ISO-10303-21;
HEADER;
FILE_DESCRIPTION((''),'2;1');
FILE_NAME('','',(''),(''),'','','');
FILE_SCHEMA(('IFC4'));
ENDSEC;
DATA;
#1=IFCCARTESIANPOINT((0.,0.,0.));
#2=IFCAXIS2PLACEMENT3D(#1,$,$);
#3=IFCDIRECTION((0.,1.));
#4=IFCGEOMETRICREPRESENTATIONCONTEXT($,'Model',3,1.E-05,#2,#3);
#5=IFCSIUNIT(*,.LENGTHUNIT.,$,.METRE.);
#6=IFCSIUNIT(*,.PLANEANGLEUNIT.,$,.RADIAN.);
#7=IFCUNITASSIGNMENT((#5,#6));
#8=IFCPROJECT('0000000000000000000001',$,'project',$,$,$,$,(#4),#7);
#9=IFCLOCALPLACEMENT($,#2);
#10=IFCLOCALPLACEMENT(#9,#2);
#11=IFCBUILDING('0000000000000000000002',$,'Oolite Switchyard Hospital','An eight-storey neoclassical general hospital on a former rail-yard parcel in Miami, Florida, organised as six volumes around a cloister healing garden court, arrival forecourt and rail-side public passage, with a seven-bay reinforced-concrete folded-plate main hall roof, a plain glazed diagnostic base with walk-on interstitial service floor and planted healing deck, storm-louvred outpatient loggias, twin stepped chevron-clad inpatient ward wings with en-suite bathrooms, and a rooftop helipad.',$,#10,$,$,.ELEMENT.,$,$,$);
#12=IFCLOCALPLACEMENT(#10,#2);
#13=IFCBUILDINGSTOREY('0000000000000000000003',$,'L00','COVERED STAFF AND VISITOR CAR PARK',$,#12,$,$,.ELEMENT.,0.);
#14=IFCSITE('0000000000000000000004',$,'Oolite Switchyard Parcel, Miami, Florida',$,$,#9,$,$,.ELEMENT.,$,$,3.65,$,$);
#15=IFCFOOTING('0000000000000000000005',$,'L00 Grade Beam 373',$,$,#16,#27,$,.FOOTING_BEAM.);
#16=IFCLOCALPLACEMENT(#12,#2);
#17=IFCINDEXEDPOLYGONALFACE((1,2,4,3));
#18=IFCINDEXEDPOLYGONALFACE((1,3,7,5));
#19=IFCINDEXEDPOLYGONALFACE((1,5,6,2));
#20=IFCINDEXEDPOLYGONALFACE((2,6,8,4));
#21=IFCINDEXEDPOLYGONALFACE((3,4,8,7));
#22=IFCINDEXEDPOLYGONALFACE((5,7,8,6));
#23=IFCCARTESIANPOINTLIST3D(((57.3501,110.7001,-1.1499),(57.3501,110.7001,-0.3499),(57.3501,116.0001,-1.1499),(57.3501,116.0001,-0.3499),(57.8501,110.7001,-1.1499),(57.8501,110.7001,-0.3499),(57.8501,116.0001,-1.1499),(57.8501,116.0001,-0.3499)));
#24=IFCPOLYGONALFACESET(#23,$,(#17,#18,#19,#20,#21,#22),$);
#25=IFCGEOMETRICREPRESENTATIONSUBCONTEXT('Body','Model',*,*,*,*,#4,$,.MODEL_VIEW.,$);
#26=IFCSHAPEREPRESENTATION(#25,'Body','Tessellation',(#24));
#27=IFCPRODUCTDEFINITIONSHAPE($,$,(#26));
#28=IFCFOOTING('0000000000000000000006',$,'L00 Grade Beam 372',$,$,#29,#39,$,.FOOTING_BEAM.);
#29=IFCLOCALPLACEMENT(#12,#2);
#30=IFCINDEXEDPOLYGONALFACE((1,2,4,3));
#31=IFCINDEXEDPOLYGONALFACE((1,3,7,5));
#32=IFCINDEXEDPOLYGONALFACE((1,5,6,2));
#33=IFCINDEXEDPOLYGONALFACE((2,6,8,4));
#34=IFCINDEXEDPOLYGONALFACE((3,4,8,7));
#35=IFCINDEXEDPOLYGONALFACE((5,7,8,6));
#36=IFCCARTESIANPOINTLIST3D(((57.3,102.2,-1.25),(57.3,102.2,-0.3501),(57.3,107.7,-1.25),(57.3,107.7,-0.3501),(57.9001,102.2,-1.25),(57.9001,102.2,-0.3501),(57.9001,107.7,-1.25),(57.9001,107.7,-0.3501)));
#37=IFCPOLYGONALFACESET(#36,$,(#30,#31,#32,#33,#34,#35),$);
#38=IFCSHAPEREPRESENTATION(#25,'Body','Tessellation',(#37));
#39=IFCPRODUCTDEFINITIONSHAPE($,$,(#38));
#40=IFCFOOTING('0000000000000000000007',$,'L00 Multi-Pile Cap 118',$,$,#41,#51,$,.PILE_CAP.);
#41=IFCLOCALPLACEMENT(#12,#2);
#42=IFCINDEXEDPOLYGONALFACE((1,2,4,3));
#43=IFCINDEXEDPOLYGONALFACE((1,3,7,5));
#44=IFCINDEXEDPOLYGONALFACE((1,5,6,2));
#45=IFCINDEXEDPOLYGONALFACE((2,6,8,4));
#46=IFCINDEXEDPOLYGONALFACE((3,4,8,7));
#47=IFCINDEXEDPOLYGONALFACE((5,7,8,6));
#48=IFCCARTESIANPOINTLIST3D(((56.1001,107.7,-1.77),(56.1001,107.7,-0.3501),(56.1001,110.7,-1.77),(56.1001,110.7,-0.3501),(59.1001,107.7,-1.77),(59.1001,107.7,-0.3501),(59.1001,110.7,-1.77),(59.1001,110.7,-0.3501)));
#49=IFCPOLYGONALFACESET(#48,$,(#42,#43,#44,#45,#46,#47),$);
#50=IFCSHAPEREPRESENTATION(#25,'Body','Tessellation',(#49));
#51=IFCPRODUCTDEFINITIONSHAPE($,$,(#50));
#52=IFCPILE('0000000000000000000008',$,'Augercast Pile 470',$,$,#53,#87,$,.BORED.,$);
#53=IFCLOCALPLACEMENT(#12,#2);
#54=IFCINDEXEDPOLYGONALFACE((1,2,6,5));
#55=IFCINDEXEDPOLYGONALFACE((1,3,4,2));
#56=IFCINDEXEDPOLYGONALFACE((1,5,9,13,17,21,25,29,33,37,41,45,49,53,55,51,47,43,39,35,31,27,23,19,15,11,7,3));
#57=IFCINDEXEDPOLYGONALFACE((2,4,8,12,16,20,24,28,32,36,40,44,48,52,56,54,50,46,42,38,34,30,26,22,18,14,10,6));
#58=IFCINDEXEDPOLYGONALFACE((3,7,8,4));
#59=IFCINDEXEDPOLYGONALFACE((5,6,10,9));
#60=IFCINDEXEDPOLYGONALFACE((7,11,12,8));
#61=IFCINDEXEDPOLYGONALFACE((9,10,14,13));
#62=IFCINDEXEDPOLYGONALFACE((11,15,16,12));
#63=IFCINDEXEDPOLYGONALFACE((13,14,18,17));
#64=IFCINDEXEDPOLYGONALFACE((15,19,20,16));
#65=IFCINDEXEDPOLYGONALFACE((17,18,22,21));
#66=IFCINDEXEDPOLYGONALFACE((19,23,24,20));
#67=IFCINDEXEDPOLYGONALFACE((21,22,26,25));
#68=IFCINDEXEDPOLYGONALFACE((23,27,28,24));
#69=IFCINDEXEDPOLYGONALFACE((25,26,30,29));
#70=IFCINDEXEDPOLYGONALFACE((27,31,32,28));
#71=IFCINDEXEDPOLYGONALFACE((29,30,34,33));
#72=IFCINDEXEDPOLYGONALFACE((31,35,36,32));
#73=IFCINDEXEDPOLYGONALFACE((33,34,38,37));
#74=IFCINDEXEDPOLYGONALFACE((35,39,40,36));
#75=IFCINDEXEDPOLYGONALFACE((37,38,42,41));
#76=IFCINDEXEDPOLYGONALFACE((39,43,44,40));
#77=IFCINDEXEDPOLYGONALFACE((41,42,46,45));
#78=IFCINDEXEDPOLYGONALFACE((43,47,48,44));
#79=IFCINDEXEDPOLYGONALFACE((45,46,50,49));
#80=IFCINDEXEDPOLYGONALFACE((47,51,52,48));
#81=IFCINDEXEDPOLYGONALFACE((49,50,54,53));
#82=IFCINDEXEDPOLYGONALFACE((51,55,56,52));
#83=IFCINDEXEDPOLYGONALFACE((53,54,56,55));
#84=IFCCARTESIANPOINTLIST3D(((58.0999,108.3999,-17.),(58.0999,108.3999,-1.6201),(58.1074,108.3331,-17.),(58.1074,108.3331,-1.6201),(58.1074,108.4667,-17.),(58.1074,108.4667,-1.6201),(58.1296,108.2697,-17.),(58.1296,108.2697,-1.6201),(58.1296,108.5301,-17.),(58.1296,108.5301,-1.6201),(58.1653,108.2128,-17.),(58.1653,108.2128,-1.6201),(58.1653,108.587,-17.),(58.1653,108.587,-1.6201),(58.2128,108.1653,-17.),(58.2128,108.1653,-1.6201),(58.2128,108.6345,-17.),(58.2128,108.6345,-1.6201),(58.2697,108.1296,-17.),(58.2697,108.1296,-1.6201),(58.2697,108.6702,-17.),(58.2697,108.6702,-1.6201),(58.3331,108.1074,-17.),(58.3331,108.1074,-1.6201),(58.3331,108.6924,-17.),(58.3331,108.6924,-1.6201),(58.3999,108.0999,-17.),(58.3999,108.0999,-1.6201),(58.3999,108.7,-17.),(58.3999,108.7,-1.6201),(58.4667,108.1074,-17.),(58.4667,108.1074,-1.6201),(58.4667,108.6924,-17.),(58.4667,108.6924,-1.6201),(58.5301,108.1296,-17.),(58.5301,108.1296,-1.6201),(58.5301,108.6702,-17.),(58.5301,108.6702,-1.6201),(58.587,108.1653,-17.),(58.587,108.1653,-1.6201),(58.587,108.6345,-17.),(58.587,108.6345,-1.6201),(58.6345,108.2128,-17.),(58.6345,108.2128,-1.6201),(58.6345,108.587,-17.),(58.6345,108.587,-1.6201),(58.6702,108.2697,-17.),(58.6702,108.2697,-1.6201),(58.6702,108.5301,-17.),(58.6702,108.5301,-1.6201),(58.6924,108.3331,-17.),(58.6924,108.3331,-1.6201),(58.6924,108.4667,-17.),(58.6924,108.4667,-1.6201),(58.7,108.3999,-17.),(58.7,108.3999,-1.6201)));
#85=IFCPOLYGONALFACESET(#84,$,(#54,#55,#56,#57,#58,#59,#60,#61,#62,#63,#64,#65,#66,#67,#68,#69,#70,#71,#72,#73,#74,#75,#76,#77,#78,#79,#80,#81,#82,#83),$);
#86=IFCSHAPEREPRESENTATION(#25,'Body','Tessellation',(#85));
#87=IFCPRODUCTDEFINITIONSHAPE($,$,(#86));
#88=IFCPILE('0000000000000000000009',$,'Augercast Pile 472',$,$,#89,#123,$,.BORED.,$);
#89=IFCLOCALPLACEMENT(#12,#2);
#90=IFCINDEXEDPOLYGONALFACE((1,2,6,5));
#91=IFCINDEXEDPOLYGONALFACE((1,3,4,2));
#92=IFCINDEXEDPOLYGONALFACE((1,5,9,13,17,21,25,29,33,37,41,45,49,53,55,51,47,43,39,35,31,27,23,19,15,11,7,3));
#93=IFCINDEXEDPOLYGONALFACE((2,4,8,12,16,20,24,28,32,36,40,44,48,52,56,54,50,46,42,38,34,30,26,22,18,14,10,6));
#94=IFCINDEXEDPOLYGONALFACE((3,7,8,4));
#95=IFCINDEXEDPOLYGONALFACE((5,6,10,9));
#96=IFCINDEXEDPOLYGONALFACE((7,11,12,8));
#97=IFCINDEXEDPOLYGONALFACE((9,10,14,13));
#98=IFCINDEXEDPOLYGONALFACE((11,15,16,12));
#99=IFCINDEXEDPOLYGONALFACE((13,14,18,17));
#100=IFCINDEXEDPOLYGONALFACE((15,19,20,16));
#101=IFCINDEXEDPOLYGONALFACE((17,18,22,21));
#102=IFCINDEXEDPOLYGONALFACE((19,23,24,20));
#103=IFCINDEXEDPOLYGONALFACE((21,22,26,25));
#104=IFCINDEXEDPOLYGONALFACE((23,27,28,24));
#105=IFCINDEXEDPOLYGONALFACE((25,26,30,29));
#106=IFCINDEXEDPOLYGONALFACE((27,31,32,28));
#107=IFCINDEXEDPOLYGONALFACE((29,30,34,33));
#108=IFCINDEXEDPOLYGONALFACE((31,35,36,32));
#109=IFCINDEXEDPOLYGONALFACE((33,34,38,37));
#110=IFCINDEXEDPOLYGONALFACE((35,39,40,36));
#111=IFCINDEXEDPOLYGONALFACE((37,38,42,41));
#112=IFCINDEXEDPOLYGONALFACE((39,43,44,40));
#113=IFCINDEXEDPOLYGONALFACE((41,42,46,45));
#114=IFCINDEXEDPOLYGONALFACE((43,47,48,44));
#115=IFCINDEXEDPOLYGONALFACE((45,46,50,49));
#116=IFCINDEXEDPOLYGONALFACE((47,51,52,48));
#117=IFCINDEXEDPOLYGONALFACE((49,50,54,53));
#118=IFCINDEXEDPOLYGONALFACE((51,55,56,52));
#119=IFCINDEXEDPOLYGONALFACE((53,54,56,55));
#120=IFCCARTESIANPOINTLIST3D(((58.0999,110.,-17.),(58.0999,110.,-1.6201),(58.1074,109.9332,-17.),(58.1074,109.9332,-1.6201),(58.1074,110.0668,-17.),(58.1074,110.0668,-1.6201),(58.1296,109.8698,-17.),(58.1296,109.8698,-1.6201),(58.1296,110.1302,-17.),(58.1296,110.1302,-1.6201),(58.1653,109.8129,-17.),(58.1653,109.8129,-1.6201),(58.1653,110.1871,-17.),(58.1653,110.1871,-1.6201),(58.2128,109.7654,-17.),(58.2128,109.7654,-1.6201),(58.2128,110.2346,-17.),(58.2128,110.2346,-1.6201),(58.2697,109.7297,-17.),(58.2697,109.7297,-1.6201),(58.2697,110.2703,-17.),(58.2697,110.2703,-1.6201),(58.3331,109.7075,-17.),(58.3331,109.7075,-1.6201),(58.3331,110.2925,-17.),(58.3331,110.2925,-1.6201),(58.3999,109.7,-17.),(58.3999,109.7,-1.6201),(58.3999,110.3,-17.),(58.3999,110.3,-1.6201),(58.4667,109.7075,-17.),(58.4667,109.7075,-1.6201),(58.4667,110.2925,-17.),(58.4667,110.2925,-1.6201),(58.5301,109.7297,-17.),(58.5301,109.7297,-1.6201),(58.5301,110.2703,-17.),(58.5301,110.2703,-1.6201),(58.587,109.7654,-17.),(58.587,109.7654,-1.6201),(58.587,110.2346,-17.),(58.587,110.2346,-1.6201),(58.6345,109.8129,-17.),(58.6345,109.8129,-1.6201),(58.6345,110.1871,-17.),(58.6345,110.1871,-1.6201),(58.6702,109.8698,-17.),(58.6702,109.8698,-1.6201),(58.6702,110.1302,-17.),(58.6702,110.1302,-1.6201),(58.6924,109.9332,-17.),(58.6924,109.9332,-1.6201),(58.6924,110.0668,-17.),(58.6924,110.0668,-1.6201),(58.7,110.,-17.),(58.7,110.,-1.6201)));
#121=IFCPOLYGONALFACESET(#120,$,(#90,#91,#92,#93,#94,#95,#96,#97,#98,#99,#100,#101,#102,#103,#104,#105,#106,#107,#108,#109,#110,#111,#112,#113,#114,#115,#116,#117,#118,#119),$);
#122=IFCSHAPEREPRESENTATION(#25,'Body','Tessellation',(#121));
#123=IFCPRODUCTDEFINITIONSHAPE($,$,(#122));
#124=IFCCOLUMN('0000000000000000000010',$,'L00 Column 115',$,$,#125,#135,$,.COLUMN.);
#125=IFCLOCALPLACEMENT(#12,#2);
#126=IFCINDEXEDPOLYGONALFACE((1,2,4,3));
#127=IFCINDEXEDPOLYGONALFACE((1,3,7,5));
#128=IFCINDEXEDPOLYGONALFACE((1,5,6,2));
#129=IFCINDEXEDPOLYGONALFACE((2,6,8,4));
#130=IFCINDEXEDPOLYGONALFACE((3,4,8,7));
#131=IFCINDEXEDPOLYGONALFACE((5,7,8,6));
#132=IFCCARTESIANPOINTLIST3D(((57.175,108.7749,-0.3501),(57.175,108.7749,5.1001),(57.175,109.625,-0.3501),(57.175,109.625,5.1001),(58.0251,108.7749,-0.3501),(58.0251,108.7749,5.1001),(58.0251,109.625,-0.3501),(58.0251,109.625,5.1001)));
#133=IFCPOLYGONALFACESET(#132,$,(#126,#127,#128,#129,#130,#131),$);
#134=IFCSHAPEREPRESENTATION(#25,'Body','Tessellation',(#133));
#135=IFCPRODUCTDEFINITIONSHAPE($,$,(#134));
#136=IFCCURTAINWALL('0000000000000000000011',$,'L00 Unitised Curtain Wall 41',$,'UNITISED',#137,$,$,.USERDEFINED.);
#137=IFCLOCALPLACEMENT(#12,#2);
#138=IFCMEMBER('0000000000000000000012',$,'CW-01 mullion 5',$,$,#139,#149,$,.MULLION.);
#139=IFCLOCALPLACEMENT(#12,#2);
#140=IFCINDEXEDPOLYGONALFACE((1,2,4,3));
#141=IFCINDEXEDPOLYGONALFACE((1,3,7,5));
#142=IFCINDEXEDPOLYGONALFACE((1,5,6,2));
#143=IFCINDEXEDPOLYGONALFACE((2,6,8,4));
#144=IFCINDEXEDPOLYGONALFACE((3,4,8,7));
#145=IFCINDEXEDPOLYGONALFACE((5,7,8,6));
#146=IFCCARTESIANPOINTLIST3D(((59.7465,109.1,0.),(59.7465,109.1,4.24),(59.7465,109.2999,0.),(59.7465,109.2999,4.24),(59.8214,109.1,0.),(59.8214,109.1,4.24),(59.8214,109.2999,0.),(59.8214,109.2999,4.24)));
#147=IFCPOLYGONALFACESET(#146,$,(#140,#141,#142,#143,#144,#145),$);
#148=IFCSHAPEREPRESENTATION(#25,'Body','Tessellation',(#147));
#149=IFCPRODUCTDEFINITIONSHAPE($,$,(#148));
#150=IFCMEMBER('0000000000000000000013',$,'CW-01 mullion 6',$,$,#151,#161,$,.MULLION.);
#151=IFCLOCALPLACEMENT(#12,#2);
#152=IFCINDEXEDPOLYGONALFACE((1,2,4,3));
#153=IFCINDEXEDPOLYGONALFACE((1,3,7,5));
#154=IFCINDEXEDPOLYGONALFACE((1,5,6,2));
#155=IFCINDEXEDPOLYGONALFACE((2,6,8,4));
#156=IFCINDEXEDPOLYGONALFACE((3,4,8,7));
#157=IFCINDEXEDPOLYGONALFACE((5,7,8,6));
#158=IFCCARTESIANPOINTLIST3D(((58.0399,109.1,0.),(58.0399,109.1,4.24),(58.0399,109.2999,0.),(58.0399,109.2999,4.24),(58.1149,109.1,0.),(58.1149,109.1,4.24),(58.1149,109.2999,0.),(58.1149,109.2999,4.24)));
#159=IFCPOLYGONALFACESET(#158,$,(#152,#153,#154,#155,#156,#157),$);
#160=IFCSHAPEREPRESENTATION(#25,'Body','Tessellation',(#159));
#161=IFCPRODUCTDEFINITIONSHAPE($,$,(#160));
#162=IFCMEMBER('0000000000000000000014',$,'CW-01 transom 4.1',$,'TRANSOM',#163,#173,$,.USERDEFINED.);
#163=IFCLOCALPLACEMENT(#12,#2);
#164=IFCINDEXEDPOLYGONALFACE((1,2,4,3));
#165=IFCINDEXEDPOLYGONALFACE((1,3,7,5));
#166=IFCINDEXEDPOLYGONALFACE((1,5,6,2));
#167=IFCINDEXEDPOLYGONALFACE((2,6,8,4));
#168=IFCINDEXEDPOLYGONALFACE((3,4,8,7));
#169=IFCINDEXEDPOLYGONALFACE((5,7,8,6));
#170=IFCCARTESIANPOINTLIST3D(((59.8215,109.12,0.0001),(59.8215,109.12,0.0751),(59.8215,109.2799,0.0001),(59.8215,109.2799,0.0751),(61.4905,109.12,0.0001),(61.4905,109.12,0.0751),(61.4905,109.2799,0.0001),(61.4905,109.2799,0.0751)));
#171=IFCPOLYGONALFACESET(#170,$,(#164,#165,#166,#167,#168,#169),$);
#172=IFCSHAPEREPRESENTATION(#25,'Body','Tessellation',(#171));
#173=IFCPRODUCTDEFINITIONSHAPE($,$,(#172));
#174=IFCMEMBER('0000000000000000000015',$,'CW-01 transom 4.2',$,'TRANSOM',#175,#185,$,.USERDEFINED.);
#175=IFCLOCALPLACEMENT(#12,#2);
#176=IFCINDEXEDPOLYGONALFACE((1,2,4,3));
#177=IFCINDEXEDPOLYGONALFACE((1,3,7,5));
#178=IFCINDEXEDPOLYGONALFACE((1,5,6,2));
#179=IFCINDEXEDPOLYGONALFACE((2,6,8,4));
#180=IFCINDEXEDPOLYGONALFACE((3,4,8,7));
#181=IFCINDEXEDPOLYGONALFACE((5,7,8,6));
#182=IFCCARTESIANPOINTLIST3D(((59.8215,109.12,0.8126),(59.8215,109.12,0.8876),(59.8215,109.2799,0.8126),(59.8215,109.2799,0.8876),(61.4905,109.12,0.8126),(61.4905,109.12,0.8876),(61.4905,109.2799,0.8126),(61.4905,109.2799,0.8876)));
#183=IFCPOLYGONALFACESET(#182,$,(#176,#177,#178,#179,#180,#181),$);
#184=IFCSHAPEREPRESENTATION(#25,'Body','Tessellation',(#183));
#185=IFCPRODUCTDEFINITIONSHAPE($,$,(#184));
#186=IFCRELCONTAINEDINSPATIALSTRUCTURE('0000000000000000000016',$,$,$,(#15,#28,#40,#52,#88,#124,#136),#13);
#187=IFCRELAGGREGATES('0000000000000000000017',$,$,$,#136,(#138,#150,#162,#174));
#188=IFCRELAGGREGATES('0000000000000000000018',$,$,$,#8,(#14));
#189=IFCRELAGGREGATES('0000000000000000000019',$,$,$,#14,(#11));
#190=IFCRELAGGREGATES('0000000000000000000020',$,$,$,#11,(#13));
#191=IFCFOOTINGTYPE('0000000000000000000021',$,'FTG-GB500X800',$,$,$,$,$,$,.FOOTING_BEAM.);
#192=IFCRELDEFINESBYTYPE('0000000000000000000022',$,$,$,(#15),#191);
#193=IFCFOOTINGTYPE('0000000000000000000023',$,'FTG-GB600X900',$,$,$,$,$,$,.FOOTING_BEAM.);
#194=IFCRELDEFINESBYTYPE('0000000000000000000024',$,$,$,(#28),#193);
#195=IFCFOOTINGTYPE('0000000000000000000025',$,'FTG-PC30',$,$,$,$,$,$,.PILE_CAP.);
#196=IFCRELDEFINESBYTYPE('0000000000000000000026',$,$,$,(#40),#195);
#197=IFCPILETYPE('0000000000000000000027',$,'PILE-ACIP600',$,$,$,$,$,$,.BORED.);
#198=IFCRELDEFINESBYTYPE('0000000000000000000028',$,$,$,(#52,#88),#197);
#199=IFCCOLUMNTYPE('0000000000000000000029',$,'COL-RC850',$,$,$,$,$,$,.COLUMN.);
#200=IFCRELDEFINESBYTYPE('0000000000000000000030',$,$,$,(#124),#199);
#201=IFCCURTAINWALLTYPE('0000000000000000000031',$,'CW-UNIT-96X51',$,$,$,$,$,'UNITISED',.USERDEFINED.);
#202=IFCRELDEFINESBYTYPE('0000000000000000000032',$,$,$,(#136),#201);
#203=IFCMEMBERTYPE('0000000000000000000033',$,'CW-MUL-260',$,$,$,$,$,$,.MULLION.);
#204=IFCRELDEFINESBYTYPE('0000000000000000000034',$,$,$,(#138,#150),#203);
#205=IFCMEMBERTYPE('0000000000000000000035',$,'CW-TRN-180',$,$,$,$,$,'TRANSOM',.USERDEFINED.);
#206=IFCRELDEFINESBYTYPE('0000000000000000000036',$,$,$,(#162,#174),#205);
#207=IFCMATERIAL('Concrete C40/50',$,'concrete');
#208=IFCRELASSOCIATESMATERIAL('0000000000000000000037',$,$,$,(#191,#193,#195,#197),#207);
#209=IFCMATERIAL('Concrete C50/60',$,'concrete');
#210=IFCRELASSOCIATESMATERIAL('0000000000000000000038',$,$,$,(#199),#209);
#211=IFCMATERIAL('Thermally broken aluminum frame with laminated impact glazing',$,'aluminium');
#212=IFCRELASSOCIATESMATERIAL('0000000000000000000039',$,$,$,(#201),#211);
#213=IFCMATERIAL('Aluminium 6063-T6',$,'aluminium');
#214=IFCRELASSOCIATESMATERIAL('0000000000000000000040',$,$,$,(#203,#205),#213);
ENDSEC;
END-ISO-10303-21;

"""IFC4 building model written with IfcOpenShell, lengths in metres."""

from ifc_helpers import new_model, si_unit, direction, frame, origin, origin_2d, place, context, subcontext, project, spatial, rectangle, circle, extrude, material, material_profile, profile_set, type_object, element, aggregate, save


model = new_model("IFC4")

# Units and contexts
model_context = context("Model", 3, precision=1e-05, world=origin(), true_north=direction((0.0, 1.0)))
body_context = subcontext(model_context, "Body", "Model", "MODEL_VIEW")
ifc_project = project(units=[si_unit("LENGTHUNIT", "METRE"), si_unit("PLANEANGLEUNIT", "RADIAN")], contexts=[model_context])

# Site, building, storey
site_placement = place(None, origin())
site = spatial("IfcSite", under=ifc_project, at=site_placement, Name="Oolite Switchyard Parcel, Miami, Florida", CompositionType="ELEMENT", RefElevation=3.65)
building_placement = place(site_placement, origin())
building = spatial("IfcBuilding", under=site, at=building_placement, Name="Oolite Switchyard Hospital", Description="An eight-storey neoclassical general hospital on a former rail-yard parcel in Miami, Florida, organised as six volumes around a cloister healing garden court, arrival forecourt and rail-side public passage, with a seven-bay reinforced-concrete folded-plate main hall roof, a plain glazed diagnostic base with walk-on interstitial service floor and planted healing deck, storm-louvred outpatient loggias, twin stepped chevron-clad inpatient ward wings with en-suite bathrooms, and a rooftop helipad.", CompositionType="ELEMENT")
storey_placement = place(building_placement, origin())
storey = spatial("IfcBuildingStorey", under=building, at=storey_placement, Name="L00", Description="COVERED STAFF AND VISITOR CAR PARK", CompositionType="ELEMENT", Elevation=0.0)

# Footings
ifc_material_1 = material(Name="Concrete C40/50", Category="concrete")
footing_type_1 = type_object("IfcFootingType", Name="FTG-GB500X800", PredefinedType="FOOTING_BEAM", material=ifc_material_1)
footing_1_placement = place(storey_placement, frame((57.6001, 113.3501, -1.1499), z_axis=(0.0, 0.0, 1.0), x_axis=(0.0, 1.0, 0.0)))
element("IfcFooting", 1, at=footing_1_placement, inside=storey, type_object=footing_type_1, Name="L00 Grade Beam 373", PredefinedType="FOOTING_BEAM", context=body_context, shape_type="SweptSolid", body=[
    extrude(rectangle(XDim=5.3, YDim=0.5, at=origin_2d()), origin(), (0.0, 0.0, 1.0), 0.8),
])
footing_type_2 = type_object("IfcFootingType", Name="FTG-GB600X900", PredefinedType="FOOTING_BEAM", material=ifc_material_1)
footing_2_placement = place(storey_placement, frame((57.6001, 104.95, -1.25), z_axis=(0.0, 0.0, 1.0), x_axis=(0.0, 1.0, 0.0)))
element("IfcFooting", 2, at=footing_2_placement, inside=storey, type_object=footing_type_2, Name="L00 Grade Beam 372", PredefinedType="FOOTING_BEAM", context=body_context, shape_type="SweptSolid", body=[
    extrude(rectangle(XDim=5.5, YDim=0.6001, at=origin_2d()), origin(), (0.0, 0.0, 1.0), 0.8999),
])
footing_type_3 = type_object("IfcFootingType", Name="FTG-PC30", PredefinedType="PILE_CAP", material=ifc_material_1)
footing_3_placement = place(storey_placement, frame((57.6001, 109.2, -1.77), z_axis=(0.0, 0.0, 1.0), x_axis=(1.0, 0.0, 0.0)))
element("IfcFooting", 3, at=footing_3_placement, inside=storey, type_object=footing_type_3, Name="L00 Multi-Pile Cap 118", PredefinedType="PILE_CAP", context=body_context, shape_type="SweptSolid", body=[
    extrude(rectangle(XDim=3.0, YDim=3.0, at=origin_2d()), origin(), (0.0, 0.0, 1.0), 1.4199),
])

# Piles
ifc_material_profile_1 = material_profile(ifc_material_1, circle(Radius=0.3, at=origin_2d()), Name="PILE600")
ifc_profile_set_1 = profile_set([ifc_material_profile_1], Name="Concrete C40/50")
pile_type = type_object("IfcPileType", Name="PILE-ACIP600", PredefinedType="BORED", material=ifc_profile_set_1)
for number, where, z_axis, x_axis, name in (
    (4, (58.3999, 108.3999, -1.6201), (0.0, 0.0, -1.0), (1.0, 0.0, 0.0), "Augercast Pile 470"),
    (5, (58.3999, 110.0, -1.6201), (0.0, 0.0, -1.0), (1.0, 0.0, 0.0), "Augercast Pile 472"),
):
    element("IfcPile", number, at=place(storey_placement, frame(where, z_axis=z_axis, x_axis=x_axis)), inside=storey, type_object=pile_type, Name=name, PredefinedType="BORED", context=body_context, shape_type="SweptSolid", body=[
        extrude(circle(Radius=0.3, at=origin_2d()), origin(), (0.0, 0.0, 1.0), 15.3799),
    ])

# Column
ifc_material_2 = material(Name="Concrete C50/60", Category="concrete")
ifc_material_profile_2 = material_profile(ifc_material_2, rectangle(XDim=0.8501, YDim=0.8501, at=origin_2d()), Name="RC850X850")
ifc_profile_set_2 = profile_set([ifc_material_profile_2], Name="Concrete C50/60")
column_type = type_object("IfcColumnType", Name="COL-RC850", PredefinedType="COLUMN", material=ifc_profile_set_2)
column_placement = place(storey_placement, frame((57.6001, 109.2, -0.3501), z_axis=(0.0, 0.0, 1.0), x_axis=(1.0, 0.0, 0.0)))
element("IfcColumn", 6, at=column_placement, inside=storey, type_object=column_type, Name="L00 Column 115", PredefinedType="COLUMN", context=body_context, shape_type="SweptSolid", body=[
    extrude(rectangle(XDim=0.8501, YDim=0.8501, at=origin_2d()), origin(), (0.0, 0.0, 1.0), 5.4502),
])

# Curtain wall, members
ifc_material_3 = material(Name="Thermally broken aluminum frame with laminated impact glazing", Category="aluminium")
curtain_wall_type = type_object("IfcCurtainWallType", Name="CW-UNIT-96X51", ElementType="UNITISED", PredefinedType="USERDEFINED", material=ifc_material_3)
curtain_wall_placement = place(storey_placement, origin())
curtain_wall = element("IfcCurtainWall", 7, at=curtain_wall_placement, inside=storey, type_object=curtain_wall_type, Name="L00 Unitised Curtain Wall 41", ObjectType="UNITISED", PredefinedType="USERDEFINED")
ifc_material_4 = material(Name="Aluminium 6063-T6", Category="aluminium")
ifc_material_profile_3 = material_profile(ifc_material_4, rectangle(XDim=0.2, YDim=0.075, at=origin_2d()), Name="CWM75X200")
ifc_profile_set_3 = profile_set([ifc_material_profile_3], Name="Aluminium 6063-T6")
member_type_1 = type_object("IfcMemberType", Name="CW-MUL-260", PredefinedType="MULLION", material=ifc_profile_set_3)
member_1_placement = place(storey_placement, frame((59.7839, 109.2, 0.0), z_axis=(0.0, 0.0, 1.0), x_axis=(0.0, -1.0, 0.0)))
member_1 = element("IfcMember", 8, at=member_1_placement, type_object=member_type_1, Name="CW-01 mullion 5", PredefinedType="MULLION", context=body_context, shape_type="SweptSolid", body=[
    extrude(rectangle(XDim=0.2, YDim=0.075, at=origin_2d()), origin(), (0.0, 0.0, 1.0), 4.24),
])
member_2_placement = place(storey_placement, frame((58.0774, 109.2, 0.0), z_axis=(0.0, 0.0, 1.0), x_axis=(0.0, -1.0, 0.0)))
member_2 = element("IfcMember", 9, at=member_2_placement, type_object=member_type_1, Name="CW-01 mullion 6", PredefinedType="MULLION", context=body_context, shape_type="SweptSolid", body=[
    extrude(rectangle(XDim=0.2, YDim=0.075, at=origin_2d()), origin(), (0.0, 0.0, 1.0), 4.24),
])
ifc_material_profile_4 = material_profile(ifc_material_4, rectangle(XDim=0.1599, YDim=0.075, at=origin_2d()), Name="CWT75X160")
ifc_profile_set_4 = profile_set([ifc_material_profile_4], Name="Aluminium 6063-T6")
member_type_2 = type_object("IfcMemberType", Name="CW-TRN-180", ElementType="TRANSOM", PredefinedType="USERDEFINED", material=ifc_profile_set_4)
member_3_placement = place(storey_placement, frame((61.4905, 109.2, 0.0376), z_axis=(-1.0, 0.0, 0.0), x_axis=(0.0, -1.0, 0.0)))
member_3 = element("IfcMember", 10, at=member_3_placement, type_object=member_type_2, Name="CW-01 transom 4.1", ObjectType="TRANSOM", PredefinedType="USERDEFINED", context=body_context, shape_type="SweptSolid", body=[
    extrude(rectangle(XDim=0.1599, YDim=0.075, at=origin_2d()), origin(), (0.0, 0.0, 1.0), 1.6689),
])
member_4_placement = place(storey_placement, frame((61.4905, 109.2, 0.8501), z_axis=(-1.0, 0.0, 0.0), x_axis=(0.0, -1.0, 0.0)))
member_4 = element("IfcMember", 11, at=member_4_placement, type_object=member_type_2, Name="CW-01 transom 4.2", ObjectType="TRANSOM", PredefinedType="USERDEFINED", context=body_context, shape_type="SweptSolid", body=[
    extrude(rectangle(XDim=0.1599, YDim=0.075, at=origin_2d()), origin(), (0.0, 0.0, 1.0), 1.6689),
])
aggregate(curtain_wall, [member_1, member_2, member_3, member_4])

save(model, "model.ifc")
